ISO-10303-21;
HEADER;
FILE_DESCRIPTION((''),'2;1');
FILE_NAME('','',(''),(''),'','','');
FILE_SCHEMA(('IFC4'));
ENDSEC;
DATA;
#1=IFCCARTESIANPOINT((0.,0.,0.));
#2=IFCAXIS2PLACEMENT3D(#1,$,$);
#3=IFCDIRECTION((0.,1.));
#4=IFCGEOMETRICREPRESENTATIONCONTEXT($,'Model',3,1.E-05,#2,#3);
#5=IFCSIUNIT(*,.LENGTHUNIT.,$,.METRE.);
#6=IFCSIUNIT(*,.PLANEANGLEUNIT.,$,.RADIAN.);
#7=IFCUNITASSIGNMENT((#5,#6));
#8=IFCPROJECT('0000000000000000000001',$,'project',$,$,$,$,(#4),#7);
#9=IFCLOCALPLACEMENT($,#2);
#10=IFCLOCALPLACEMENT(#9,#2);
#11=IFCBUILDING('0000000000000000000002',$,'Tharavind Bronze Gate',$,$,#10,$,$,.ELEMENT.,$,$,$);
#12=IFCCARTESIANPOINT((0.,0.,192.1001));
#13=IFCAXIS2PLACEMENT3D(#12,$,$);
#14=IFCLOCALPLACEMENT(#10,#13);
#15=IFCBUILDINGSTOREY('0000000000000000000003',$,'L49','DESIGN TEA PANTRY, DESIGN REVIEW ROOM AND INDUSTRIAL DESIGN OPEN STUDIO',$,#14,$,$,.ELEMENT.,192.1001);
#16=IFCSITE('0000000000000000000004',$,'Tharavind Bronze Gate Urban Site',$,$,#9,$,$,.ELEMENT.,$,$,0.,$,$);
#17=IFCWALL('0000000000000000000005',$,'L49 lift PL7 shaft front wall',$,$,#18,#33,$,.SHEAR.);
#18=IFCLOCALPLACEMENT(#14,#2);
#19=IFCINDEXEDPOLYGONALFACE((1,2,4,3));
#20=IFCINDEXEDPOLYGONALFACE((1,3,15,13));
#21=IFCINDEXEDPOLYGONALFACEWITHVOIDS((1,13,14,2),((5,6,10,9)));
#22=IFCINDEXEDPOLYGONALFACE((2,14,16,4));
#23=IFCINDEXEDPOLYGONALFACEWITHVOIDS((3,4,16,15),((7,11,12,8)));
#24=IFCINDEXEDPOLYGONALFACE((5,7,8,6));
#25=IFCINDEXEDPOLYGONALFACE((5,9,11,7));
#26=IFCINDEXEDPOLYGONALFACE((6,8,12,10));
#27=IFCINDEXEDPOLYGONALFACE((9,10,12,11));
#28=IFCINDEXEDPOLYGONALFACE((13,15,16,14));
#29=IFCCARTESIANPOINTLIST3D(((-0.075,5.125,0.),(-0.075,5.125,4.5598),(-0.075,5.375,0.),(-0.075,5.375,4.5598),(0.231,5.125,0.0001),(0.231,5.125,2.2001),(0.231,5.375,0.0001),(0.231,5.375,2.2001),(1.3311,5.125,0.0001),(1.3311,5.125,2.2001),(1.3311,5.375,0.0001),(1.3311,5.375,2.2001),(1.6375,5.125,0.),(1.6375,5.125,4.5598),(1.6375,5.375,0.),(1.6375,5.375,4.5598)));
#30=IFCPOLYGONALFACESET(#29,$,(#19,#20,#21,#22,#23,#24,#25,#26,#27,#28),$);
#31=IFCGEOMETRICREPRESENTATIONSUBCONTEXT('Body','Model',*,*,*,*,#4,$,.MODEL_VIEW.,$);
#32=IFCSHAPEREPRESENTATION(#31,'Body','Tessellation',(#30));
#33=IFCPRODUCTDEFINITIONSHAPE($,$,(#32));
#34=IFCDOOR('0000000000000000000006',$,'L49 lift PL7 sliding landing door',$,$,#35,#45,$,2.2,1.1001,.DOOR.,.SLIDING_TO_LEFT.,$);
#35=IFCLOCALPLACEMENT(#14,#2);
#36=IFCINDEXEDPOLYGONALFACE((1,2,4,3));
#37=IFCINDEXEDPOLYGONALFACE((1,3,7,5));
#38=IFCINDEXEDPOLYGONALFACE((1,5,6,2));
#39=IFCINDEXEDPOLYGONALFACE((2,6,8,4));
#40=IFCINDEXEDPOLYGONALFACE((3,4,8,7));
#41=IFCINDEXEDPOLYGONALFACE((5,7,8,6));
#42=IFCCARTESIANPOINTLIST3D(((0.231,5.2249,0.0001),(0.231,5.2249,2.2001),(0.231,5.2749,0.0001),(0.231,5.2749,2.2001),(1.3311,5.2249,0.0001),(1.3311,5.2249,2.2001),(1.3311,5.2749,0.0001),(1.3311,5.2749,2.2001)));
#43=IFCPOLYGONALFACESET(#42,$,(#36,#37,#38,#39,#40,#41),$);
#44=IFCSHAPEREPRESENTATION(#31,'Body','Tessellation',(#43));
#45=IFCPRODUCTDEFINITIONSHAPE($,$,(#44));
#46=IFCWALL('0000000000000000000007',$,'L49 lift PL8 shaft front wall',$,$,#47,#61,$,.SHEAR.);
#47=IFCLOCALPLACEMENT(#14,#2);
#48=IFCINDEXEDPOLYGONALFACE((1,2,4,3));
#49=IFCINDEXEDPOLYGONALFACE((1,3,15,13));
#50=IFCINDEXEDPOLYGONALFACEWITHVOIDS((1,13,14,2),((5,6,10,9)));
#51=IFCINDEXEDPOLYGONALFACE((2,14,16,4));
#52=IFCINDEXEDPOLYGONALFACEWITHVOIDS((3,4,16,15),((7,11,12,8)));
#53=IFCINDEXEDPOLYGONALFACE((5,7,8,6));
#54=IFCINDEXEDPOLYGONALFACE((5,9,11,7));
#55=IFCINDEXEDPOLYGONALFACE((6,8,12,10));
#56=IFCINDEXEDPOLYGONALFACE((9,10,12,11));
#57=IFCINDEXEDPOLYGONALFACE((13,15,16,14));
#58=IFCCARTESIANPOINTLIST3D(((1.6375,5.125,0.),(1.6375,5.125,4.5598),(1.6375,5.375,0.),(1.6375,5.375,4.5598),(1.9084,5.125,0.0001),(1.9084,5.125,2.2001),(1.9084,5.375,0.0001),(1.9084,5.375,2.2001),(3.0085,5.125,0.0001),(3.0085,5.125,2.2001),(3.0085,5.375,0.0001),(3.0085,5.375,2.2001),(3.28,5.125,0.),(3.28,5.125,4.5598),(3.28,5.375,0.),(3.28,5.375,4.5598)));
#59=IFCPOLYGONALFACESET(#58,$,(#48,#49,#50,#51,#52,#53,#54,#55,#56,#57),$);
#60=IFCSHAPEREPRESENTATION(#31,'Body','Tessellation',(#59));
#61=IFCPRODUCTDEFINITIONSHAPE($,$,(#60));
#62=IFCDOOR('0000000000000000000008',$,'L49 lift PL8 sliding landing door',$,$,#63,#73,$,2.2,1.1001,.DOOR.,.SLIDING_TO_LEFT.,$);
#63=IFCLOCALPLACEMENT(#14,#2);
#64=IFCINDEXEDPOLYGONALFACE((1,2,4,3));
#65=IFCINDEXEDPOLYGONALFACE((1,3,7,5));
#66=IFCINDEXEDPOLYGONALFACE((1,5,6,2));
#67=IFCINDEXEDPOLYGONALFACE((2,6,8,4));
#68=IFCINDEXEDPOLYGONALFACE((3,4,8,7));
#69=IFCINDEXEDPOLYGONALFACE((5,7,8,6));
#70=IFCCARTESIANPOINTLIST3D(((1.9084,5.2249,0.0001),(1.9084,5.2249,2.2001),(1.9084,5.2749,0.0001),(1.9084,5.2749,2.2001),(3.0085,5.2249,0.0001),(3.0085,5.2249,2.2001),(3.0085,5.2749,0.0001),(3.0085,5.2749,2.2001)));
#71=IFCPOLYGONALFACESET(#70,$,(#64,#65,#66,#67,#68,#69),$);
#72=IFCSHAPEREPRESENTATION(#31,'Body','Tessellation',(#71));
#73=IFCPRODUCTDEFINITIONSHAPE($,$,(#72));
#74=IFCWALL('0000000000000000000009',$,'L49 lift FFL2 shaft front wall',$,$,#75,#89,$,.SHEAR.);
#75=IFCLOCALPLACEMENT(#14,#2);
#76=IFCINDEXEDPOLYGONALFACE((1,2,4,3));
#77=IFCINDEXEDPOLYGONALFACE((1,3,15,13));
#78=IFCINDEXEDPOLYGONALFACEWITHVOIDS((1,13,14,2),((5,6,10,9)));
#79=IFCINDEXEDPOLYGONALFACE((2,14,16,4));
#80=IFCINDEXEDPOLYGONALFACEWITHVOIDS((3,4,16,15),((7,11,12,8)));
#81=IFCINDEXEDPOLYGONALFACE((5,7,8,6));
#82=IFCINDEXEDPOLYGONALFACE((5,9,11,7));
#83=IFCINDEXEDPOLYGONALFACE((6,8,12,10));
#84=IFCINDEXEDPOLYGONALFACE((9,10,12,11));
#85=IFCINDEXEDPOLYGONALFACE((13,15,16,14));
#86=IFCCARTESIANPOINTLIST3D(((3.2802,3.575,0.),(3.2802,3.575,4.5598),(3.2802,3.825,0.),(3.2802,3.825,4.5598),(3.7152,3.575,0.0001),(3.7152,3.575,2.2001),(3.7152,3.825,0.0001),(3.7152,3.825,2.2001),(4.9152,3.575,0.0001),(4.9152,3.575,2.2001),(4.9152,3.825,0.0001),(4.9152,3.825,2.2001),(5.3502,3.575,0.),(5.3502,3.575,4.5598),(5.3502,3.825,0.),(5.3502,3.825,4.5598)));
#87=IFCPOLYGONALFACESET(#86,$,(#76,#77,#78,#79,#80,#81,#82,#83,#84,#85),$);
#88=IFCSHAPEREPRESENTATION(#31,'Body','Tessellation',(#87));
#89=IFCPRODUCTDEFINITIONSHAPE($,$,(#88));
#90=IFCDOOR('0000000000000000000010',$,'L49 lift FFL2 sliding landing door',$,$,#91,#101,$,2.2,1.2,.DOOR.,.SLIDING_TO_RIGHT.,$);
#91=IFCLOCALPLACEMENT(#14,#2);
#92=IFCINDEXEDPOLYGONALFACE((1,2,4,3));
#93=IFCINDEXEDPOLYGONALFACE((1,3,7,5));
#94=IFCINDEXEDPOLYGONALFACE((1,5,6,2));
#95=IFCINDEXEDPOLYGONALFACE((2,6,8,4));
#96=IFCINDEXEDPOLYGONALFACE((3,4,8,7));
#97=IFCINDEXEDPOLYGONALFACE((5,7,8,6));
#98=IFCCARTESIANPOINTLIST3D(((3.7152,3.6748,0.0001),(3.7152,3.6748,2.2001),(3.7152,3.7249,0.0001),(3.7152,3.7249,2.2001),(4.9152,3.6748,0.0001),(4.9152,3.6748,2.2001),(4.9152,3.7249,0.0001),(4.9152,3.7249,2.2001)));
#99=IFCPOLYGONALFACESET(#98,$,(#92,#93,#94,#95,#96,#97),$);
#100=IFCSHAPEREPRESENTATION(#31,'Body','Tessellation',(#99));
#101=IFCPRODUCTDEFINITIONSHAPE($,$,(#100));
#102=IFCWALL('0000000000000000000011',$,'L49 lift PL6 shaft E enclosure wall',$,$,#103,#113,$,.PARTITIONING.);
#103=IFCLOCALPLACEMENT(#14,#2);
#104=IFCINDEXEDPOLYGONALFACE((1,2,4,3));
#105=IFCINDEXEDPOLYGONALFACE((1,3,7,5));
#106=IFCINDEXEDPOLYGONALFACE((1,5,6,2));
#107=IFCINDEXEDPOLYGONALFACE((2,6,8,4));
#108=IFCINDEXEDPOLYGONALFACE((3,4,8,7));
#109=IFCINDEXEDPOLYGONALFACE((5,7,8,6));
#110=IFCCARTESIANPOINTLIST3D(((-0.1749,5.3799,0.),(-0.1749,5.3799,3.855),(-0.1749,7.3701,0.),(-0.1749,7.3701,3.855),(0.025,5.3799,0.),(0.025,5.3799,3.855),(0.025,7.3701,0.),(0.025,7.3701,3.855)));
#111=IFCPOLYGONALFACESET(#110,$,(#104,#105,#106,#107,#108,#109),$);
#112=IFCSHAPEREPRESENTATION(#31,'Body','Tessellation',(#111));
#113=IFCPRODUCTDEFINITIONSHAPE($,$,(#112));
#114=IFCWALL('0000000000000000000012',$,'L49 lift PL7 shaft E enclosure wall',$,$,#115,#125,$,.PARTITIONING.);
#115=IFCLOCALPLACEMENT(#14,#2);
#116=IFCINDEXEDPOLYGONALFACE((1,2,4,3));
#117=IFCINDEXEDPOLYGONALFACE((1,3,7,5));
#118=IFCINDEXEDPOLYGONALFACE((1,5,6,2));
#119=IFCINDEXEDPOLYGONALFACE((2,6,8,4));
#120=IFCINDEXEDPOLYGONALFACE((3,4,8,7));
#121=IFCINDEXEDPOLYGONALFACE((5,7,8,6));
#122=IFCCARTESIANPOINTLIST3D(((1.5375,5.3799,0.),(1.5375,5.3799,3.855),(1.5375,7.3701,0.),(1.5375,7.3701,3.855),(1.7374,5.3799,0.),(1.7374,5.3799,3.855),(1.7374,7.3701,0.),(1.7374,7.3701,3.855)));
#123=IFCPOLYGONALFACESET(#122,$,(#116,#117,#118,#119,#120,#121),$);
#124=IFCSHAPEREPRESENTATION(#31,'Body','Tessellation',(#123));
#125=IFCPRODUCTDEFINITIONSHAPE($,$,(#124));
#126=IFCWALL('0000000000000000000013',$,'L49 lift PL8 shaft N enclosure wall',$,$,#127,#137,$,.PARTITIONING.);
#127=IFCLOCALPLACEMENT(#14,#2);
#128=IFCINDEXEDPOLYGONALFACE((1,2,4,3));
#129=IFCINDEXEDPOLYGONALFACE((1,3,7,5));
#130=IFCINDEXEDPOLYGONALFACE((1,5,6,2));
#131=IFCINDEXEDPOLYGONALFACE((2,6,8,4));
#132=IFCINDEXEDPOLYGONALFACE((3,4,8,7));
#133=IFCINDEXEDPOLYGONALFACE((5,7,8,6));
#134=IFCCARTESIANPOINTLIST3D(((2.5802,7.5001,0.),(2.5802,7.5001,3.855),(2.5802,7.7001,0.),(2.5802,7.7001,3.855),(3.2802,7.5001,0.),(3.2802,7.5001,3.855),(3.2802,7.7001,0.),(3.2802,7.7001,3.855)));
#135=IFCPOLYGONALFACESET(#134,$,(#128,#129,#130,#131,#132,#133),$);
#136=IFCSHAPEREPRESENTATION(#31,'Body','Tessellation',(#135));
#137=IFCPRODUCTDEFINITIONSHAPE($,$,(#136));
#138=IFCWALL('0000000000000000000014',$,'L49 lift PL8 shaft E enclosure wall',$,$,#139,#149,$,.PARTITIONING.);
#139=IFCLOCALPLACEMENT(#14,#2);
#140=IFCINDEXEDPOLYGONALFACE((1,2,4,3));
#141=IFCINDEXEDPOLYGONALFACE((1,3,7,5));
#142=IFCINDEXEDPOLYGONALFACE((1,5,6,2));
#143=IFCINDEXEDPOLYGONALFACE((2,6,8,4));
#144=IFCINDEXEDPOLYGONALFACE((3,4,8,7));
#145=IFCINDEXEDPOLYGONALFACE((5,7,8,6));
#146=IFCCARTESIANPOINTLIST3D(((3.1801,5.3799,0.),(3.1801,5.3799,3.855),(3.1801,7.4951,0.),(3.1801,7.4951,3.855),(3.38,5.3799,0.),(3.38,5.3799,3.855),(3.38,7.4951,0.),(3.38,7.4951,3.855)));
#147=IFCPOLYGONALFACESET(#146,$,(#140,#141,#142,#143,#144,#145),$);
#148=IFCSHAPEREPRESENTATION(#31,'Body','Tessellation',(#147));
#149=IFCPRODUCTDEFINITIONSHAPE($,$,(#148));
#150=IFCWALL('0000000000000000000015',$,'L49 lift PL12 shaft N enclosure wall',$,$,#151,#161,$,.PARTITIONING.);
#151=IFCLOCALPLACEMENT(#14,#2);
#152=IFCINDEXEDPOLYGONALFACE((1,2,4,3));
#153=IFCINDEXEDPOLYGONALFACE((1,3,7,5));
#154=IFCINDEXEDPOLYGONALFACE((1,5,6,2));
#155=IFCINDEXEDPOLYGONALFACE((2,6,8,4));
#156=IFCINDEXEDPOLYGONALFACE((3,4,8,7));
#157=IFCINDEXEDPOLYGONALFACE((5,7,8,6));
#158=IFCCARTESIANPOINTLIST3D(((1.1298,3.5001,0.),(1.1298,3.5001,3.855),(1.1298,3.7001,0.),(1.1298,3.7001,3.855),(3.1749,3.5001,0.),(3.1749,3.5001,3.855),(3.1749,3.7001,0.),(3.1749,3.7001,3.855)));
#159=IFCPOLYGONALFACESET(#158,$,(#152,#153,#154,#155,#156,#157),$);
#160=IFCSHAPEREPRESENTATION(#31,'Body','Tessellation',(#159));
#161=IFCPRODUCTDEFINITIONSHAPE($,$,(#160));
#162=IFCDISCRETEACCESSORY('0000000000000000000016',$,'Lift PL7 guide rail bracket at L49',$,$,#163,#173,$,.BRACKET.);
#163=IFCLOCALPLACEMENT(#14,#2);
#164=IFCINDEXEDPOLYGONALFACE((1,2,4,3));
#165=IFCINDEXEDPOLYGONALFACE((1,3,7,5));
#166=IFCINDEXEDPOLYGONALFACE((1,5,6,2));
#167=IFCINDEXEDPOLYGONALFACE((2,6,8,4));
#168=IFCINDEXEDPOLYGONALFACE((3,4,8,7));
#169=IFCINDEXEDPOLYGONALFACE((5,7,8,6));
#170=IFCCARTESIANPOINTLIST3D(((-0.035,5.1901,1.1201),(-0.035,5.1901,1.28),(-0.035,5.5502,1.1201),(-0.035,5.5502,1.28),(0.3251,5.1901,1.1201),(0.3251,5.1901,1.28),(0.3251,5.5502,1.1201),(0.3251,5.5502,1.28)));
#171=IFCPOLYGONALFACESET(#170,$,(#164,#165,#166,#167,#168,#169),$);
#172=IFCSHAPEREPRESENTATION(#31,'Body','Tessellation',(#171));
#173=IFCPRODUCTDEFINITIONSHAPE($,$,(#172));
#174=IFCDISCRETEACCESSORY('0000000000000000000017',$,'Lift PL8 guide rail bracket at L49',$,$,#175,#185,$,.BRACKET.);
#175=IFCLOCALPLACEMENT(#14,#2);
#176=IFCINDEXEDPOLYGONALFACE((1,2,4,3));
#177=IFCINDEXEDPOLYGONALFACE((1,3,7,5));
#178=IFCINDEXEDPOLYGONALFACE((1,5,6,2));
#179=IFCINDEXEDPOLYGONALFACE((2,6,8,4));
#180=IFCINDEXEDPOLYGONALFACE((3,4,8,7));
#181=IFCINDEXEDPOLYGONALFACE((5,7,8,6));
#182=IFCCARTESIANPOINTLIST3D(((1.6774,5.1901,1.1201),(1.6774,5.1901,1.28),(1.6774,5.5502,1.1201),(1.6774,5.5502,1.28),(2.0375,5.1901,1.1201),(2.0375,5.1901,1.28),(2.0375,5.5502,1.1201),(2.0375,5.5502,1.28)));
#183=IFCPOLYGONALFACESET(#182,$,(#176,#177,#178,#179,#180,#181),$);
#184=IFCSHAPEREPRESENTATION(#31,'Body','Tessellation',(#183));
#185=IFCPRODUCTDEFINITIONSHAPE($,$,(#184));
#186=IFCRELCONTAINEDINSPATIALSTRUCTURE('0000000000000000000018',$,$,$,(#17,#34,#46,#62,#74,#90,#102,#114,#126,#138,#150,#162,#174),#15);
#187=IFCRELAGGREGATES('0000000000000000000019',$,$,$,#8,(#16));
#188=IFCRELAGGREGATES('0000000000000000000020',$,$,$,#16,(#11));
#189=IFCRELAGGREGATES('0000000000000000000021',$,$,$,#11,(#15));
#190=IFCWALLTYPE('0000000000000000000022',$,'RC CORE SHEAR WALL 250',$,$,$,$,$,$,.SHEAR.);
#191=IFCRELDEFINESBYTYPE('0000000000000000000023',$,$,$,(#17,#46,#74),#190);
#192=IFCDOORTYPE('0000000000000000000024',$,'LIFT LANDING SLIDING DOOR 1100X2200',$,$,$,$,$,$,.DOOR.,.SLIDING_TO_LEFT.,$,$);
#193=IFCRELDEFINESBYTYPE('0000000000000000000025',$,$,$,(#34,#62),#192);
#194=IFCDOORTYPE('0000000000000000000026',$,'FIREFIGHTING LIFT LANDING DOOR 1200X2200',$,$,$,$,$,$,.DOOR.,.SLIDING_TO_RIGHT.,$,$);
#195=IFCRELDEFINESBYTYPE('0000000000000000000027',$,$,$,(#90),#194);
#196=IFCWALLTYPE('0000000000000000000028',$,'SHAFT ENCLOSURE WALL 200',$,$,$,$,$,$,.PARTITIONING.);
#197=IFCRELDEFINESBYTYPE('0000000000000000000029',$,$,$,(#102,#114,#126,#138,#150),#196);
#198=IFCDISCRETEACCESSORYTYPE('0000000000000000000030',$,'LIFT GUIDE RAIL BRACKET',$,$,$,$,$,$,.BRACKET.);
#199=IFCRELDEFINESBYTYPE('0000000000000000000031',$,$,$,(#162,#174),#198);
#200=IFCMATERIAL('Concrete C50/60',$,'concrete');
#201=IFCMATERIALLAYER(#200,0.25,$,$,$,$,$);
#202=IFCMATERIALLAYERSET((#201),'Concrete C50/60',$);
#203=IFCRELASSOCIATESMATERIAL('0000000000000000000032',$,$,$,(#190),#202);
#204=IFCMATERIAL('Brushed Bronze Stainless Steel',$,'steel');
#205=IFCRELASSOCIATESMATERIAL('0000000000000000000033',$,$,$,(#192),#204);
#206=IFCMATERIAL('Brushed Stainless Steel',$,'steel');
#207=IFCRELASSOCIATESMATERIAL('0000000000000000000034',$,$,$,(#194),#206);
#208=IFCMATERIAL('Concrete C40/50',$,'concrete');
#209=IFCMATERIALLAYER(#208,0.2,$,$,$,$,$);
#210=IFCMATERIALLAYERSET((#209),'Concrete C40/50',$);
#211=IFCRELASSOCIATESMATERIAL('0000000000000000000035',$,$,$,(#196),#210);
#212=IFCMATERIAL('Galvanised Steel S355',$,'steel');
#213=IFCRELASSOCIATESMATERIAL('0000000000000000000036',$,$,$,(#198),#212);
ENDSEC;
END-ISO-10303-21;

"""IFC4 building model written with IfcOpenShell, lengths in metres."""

from ifc_helpers import new_model, si_unit, direction, frame, frame_2d, origin, origin_2d, place, context, subcontext, project, spatial, rectangle, extrude, material, layer, layer_set, type_object, element, fill, save


model = new_model("IFC4")

# Units and contexts
model_context = context("Model", 3, precision=1e-05, world=origin(), true_north=direction((0.0, 1.0)))
body_context = subcontext(model_context, "Body", "Model", "MODEL_VIEW")
ifc_project = project(units=[si_unit("LENGTHUNIT", "METRE"), si_unit("PLANEANGLEUNIT", "RADIAN")], contexts=[model_context])

# Site, building, storey
site_placement = place(None, origin())
site = spatial("IfcSite", under=ifc_project, at=site_placement, Name="Tharavind Bronze Gate Urban Site", CompositionType="ELEMENT", RefElevation=0.0)
building_placement = place(site_placement, origin())
building = spatial("IfcBuilding", under=site, at=building_placement, Name="Tharavind Bronze Gate", CompositionType="ELEMENT")
storey_placement = place(building_placement, frame((0.0, 0.0, 192.1001)))
storey = spatial("IfcBuildingStorey", under=building, at=storey_placement, Name="L49", Description="DESIGN TEA PANTRY, DESIGN REVIEW ROOM AND INDUSTRIAL DESIGN OPEN STUDIO", CompositionType="ELEMENT", Elevation=192.1001)

# Walls, openings, doors
ifc_material_1 = material(Name="Concrete C50/60", Category="concrete")
ifc_layer_1 = layer(ifc_material_1, 0.25)
ifc_layer_set_1 = layer_set([ifc_layer_1], Name="Concrete C50/60")
wall_type_1 = type_object("IfcWallType", Name="RC CORE SHEAR WALL 250", PredefinedType="SHEAR", material=ifc_layer_set_1)
wall_1_placement = place(storey_placement, frame((-0.075, 5.25, 0.0), z_axis=(0.0, 0.0, 1.0), x_axis=(1.0, 0.0, 0.0)))
wall_1 = element("IfcWall", 1, at=wall_1_placement, inside=storey, type_object=wall_type_1, Name="L49 lift PL7 shaft front wall", PredefinedType="SHEAR", context=body_context, shape_type="SweptSolid", body=[
    extrude(rectangle(XDim=1.7124, YDim=0.25, at=frame_2d((0.8562, 0.0))), origin(), (0.0, 0.0, 1.0), 4.5598),
])
opening_1_placement = place(wall_1_placement, frame((0.3059, 0.0, 0.0)))
opening_1 = element("IfcOpeningElement", 2, at=opening_1_placement, cuts=wall_1, PredefinedType="OPENING", context=body_context, shape_type="SweptSolid", body=[
    extrude(rectangle(XDim=1.1001, YDim=2.2, at=frame_2d((0.55, 1.1001))), frame((0.0, 0.135, 0.0), z_axis=(0.0, -1.0, 0.0), x_axis=(1.0, 0.0, 0.0)), (0.0, 0.0, 1.0), 0.27),
])
ifc_material_2 = material(Name="Brushed Bronze Stainless Steel", Category="steel")
door_type_1 = type_object("IfcDoorType", Name="LIFT LANDING SLIDING DOOR 1100X2200", OperationType="SLIDING_TO_LEFT", PredefinedType="DOOR", material=ifc_material_2)
door_1_placement = place(opening_1_placement, origin())
door_1 = element("IfcDoor", 3, at=door_1_placement, inside=storey, type_object=door_type_1, Name="L49 lift PL7 sliding landing door", OperationType="SLIDING_TO_LEFT", OverallHeight=2.2, OverallWidth=1.1001, PredefinedType="DOOR", context=body_context, shape_type="SweptSolid", body=[
    extrude(rectangle(XDim=1.1001, YDim=2.2, at=frame_2d((0.55, 1.1001))), frame((0.0, 0.0249, 0.0), z_axis=(0.0, -1.0, 0.0), x_axis=(1.0, 0.0, 0.0)), (0.0, 0.0, 1.0), 0.05),
])
fill(opening_1, door_1)
wall_2_placement = place(storey_placement, frame((1.6375, 5.25, 0.0), z_axis=(0.0, 0.0, 1.0), x_axis=(1.0, 0.0, 0.0)))
wall_2 = element("IfcWall", 4, at=wall_2_placement, inside=storey, type_object=wall_type_1, Name="L49 lift PL8 shaft front wall", PredefinedType="SHEAR", context=body_context, shape_type="SweptSolid", body=[
    extrude(rectangle(XDim=1.6426, YDim=0.25, at=frame_2d((0.8213, 0.0))), origin(), (0.0, 0.0, 1.0), 4.5598),
])
opening_2_placement = place(wall_2_placement, frame((0.271, 0.0, 0.0)))
opening_2 = element("IfcOpeningElement", 5, at=opening_2_placement, cuts=wall_2, PredefinedType="OPENING", context=body_context, shape_type="SweptSolid", body=[
    extrude(rectangle(XDim=1.1001, YDim=2.2, at=frame_2d((0.55, 1.1001))), frame((0.0, 0.135, 0.0), z_axis=(0.0, -1.0, 0.0), x_axis=(1.0, 0.0, 0.0)), (0.0, 0.0, 1.0), 0.27),
])
door_2_placement = place(opening_2_placement, origin())
door_2 = element("IfcDoor", 6, at=door_2_placement, inside=storey, type_object=door_type_1, Name="L49 lift PL8 sliding landing door", OperationType="SLIDING_TO_LEFT", OverallHeight=2.2, OverallWidth=1.1001, PredefinedType="DOOR", context=body_context, shape_type="SweptSolid", body=[
    extrude(rectangle(XDim=1.1001, YDim=2.2, at=frame_2d((0.55, 1.1001))), frame((0.0, 0.0249, 0.0), z_axis=(0.0, -1.0, 0.0), x_axis=(1.0, 0.0, 0.0)), (0.0, 0.0, 1.0), 0.05),
])
fill(opening_2, door_2)
wall_3_placement = place(storey_placement, frame((3.28, 3.7, 0.0), z_axis=(0.0, 0.0, 1.0), x_axis=(1.0, 0.0, 0.0)))
wall_3 = element("IfcWall", 7, at=wall_3_placement, inside=storey, type_object=wall_type_1, Name="L49 lift FFL2 shaft front wall", PredefinedType="SHEAR", context=body_context, shape_type="SweptSolid", body=[
    extrude(rectangle(XDim=2.0701, YDim=0.25, at=frame_2d((1.0352, 0.0))), origin(), (0.0, 0.0, 1.0), 4.5598),
])
opening_3_placement = place(wall_3_placement, frame((0.4351, 0.0, 0.0)))
opening_3 = element("IfcOpeningElement", 8, at=opening_3_placement, cuts=wall_3, PredefinedType="OPENING", context=body_context, shape_type="SweptSolid", body=[
    extrude(rectangle(XDim=1.2, YDim=2.2, at=frame_2d((0.6001, 1.1001))), frame((0.0, 0.135, 0.0), z_axis=(0.0, -1.0, 0.0), x_axis=(1.0, 0.0, 0.0)), (0.0, 0.0, 1.0), 0.27),
])
ifc_material_3 = material(Name="Brushed Stainless Steel", Category="steel")
door_type_2 = type_object("IfcDoorType", Name="FIREFIGHTING LIFT LANDING DOOR 1200X2200", OperationType="SLIDING_TO_RIGHT", PredefinedType="DOOR", material=ifc_material_3)
door_3_placement = place(opening_3_placement, origin())
door_3 = element("IfcDoor", 9, at=door_3_placement, inside=storey, type_object=door_type_2, Name="L49 lift FFL2 sliding landing door", OperationType="SLIDING_TO_RIGHT", OverallHeight=2.2, OverallWidth=1.2, PredefinedType="DOOR", context=body_context, shape_type="SweptSolid", body=[
    extrude(rectangle(XDim=1.2, YDim=2.2, at=frame_2d((0.6001, 1.1001))), frame((0.0, 0.0249, 0.0), z_axis=(0.0, -1.0, 0.0), x_axis=(1.0, 0.0, 0.0)), (0.0, 0.0, 1.0), 0.05),
])
fill(opening_3, door_3)

# Walls
ifc_material_4 = material(Name="Concrete C40/50", Category="concrete")
ifc_layer_2 = layer(ifc_material_4, 0.2)
ifc_layer_set_2 = layer_set([ifc_layer_2], Name="Concrete C40/50")
wall_type_2 = type_object("IfcWallType", Name="SHAFT ENCLOSURE WALL 200", PredefinedType="PARTITIONING", material=ifc_layer_set_2)
for number, where, z_axis, x_axis, name in (
    (10, (-0.075, 5.3799, 0.0), (0.0, 0.0, 1.0), (0.0, 1.0, 0.0), "L49 lift PL6 shaft E enclosure wall"),
    (11, (1.6375, 5.3799, 0.0), (0.0, 0.0, 1.0), (0.0, 1.0, 0.0), "L49 lift PL7 shaft E enclosure wall"),
):
    element("IfcWall", number, at=place(storey_placement, frame(where, z_axis=z_axis, x_axis=x_axis)), inside=storey, type_object=wall_type_2, Name=name, PredefinedType="PARTITIONING", context=body_context, shape_type="SweptSolid", body=[
        extrude(rectangle(XDim=1.9902, YDim=0.2, at=frame_2d((0.9951, 0.0))), origin(), (0.0, 0.0, 1.0), 3.855),
    ])
wall_4_placement = place(storey_placement, frame((2.5801, 7.6001, 0.0), z_axis=(0.0, 0.0, 1.0), x_axis=(1.0, 0.0, 0.0)))
element("IfcWall", 12, at=wall_4_placement, inside=storey, type_object=wall_type_2, Name="L49 lift PL8 shaft N enclosure wall", PredefinedType="PARTITIONING", context=body_context, shape_type="SweptSolid", body=[
    extrude(rectangle(XDim=0.7, YDim=0.2, at=frame_2d((0.3501, 0.0))), origin(), (0.0, 0.0, 1.0), 3.855),
])
wall_5_placement = place(storey_placement, frame((3.28, 5.3799, 0.0), z_axis=(0.0, 0.0, 1.0), x_axis=(0.0, 1.0, 0.0)))
element("IfcWall", 13, at=wall_5_placement, inside=storey, type_object=wall_type_2, Name="L49 lift PL8 shaft E enclosure wall", PredefinedType="PARTITIONING", context=body_context, shape_type="SweptSolid", body=[
    extrude(rectangle(XDim=2.1152, YDim=0.2, at=frame_2d((1.0576, 0.0))), origin(), (0.0, 0.0, 1.0), 3.855),
])
wall_6_placement = place(storey_placement, frame((1.1299, 3.6001, 0.0), z_axis=(0.0, 0.0, 1.0), x_axis=(1.0, 0.0, 0.0)))
element("IfcWall", 14, at=wall_6_placement, inside=storey, type_object=wall_type_2, Name="L49 lift PL12 shaft N enclosure wall", PredefinedType="PARTITIONING", context=body_context, shape_type="SweptSolid", body=[
    extrude(rectangle(XDim=2.0452, YDim=0.2, at=frame_2d((1.0225, 0.0))), origin(), (0.0, 0.0, 1.0), 3.855),
])

# Discrete accessories
ifc_material_5 = material(Name="Galvanised Steel S355", Category="steel")
discrete_accessory_type = type_object("IfcDiscreteAccessoryType", Name="LIFT GUIDE RAIL BRACKET", PredefinedType="BRACKET", material=ifc_material_5)
for number, where, z_axis, x_axis, name in (
    (15, (0.145, 5.3701, 1.1201), (0.0, 0.0, 1.0), (1.0, 0.0, 0.0), "Lift PL7 guide rail bracket at L49"),
    (16, (1.8574, 5.3701, 1.1201), (0.0, 0.0, 1.0), (1.0, 0.0, 0.0), "Lift PL8 guide rail bracket at L49"),
):
    element("IfcDiscreteAccessory", number, at=place(storey_placement, frame(where, z_axis=z_axis, x_axis=x_axis)), inside=storey, type_object=discrete_accessory_type, Name=name, PredefinedType="BRACKET", context=body_context, shape_type="SweptSolid", body=[
        extrude(rectangle(XDim=0.3601, YDim=0.3601, at=origin_2d()), origin(), (0.0, 0.0, 1.0), 0.1599),
    ])

save(model, "model.ifc")
